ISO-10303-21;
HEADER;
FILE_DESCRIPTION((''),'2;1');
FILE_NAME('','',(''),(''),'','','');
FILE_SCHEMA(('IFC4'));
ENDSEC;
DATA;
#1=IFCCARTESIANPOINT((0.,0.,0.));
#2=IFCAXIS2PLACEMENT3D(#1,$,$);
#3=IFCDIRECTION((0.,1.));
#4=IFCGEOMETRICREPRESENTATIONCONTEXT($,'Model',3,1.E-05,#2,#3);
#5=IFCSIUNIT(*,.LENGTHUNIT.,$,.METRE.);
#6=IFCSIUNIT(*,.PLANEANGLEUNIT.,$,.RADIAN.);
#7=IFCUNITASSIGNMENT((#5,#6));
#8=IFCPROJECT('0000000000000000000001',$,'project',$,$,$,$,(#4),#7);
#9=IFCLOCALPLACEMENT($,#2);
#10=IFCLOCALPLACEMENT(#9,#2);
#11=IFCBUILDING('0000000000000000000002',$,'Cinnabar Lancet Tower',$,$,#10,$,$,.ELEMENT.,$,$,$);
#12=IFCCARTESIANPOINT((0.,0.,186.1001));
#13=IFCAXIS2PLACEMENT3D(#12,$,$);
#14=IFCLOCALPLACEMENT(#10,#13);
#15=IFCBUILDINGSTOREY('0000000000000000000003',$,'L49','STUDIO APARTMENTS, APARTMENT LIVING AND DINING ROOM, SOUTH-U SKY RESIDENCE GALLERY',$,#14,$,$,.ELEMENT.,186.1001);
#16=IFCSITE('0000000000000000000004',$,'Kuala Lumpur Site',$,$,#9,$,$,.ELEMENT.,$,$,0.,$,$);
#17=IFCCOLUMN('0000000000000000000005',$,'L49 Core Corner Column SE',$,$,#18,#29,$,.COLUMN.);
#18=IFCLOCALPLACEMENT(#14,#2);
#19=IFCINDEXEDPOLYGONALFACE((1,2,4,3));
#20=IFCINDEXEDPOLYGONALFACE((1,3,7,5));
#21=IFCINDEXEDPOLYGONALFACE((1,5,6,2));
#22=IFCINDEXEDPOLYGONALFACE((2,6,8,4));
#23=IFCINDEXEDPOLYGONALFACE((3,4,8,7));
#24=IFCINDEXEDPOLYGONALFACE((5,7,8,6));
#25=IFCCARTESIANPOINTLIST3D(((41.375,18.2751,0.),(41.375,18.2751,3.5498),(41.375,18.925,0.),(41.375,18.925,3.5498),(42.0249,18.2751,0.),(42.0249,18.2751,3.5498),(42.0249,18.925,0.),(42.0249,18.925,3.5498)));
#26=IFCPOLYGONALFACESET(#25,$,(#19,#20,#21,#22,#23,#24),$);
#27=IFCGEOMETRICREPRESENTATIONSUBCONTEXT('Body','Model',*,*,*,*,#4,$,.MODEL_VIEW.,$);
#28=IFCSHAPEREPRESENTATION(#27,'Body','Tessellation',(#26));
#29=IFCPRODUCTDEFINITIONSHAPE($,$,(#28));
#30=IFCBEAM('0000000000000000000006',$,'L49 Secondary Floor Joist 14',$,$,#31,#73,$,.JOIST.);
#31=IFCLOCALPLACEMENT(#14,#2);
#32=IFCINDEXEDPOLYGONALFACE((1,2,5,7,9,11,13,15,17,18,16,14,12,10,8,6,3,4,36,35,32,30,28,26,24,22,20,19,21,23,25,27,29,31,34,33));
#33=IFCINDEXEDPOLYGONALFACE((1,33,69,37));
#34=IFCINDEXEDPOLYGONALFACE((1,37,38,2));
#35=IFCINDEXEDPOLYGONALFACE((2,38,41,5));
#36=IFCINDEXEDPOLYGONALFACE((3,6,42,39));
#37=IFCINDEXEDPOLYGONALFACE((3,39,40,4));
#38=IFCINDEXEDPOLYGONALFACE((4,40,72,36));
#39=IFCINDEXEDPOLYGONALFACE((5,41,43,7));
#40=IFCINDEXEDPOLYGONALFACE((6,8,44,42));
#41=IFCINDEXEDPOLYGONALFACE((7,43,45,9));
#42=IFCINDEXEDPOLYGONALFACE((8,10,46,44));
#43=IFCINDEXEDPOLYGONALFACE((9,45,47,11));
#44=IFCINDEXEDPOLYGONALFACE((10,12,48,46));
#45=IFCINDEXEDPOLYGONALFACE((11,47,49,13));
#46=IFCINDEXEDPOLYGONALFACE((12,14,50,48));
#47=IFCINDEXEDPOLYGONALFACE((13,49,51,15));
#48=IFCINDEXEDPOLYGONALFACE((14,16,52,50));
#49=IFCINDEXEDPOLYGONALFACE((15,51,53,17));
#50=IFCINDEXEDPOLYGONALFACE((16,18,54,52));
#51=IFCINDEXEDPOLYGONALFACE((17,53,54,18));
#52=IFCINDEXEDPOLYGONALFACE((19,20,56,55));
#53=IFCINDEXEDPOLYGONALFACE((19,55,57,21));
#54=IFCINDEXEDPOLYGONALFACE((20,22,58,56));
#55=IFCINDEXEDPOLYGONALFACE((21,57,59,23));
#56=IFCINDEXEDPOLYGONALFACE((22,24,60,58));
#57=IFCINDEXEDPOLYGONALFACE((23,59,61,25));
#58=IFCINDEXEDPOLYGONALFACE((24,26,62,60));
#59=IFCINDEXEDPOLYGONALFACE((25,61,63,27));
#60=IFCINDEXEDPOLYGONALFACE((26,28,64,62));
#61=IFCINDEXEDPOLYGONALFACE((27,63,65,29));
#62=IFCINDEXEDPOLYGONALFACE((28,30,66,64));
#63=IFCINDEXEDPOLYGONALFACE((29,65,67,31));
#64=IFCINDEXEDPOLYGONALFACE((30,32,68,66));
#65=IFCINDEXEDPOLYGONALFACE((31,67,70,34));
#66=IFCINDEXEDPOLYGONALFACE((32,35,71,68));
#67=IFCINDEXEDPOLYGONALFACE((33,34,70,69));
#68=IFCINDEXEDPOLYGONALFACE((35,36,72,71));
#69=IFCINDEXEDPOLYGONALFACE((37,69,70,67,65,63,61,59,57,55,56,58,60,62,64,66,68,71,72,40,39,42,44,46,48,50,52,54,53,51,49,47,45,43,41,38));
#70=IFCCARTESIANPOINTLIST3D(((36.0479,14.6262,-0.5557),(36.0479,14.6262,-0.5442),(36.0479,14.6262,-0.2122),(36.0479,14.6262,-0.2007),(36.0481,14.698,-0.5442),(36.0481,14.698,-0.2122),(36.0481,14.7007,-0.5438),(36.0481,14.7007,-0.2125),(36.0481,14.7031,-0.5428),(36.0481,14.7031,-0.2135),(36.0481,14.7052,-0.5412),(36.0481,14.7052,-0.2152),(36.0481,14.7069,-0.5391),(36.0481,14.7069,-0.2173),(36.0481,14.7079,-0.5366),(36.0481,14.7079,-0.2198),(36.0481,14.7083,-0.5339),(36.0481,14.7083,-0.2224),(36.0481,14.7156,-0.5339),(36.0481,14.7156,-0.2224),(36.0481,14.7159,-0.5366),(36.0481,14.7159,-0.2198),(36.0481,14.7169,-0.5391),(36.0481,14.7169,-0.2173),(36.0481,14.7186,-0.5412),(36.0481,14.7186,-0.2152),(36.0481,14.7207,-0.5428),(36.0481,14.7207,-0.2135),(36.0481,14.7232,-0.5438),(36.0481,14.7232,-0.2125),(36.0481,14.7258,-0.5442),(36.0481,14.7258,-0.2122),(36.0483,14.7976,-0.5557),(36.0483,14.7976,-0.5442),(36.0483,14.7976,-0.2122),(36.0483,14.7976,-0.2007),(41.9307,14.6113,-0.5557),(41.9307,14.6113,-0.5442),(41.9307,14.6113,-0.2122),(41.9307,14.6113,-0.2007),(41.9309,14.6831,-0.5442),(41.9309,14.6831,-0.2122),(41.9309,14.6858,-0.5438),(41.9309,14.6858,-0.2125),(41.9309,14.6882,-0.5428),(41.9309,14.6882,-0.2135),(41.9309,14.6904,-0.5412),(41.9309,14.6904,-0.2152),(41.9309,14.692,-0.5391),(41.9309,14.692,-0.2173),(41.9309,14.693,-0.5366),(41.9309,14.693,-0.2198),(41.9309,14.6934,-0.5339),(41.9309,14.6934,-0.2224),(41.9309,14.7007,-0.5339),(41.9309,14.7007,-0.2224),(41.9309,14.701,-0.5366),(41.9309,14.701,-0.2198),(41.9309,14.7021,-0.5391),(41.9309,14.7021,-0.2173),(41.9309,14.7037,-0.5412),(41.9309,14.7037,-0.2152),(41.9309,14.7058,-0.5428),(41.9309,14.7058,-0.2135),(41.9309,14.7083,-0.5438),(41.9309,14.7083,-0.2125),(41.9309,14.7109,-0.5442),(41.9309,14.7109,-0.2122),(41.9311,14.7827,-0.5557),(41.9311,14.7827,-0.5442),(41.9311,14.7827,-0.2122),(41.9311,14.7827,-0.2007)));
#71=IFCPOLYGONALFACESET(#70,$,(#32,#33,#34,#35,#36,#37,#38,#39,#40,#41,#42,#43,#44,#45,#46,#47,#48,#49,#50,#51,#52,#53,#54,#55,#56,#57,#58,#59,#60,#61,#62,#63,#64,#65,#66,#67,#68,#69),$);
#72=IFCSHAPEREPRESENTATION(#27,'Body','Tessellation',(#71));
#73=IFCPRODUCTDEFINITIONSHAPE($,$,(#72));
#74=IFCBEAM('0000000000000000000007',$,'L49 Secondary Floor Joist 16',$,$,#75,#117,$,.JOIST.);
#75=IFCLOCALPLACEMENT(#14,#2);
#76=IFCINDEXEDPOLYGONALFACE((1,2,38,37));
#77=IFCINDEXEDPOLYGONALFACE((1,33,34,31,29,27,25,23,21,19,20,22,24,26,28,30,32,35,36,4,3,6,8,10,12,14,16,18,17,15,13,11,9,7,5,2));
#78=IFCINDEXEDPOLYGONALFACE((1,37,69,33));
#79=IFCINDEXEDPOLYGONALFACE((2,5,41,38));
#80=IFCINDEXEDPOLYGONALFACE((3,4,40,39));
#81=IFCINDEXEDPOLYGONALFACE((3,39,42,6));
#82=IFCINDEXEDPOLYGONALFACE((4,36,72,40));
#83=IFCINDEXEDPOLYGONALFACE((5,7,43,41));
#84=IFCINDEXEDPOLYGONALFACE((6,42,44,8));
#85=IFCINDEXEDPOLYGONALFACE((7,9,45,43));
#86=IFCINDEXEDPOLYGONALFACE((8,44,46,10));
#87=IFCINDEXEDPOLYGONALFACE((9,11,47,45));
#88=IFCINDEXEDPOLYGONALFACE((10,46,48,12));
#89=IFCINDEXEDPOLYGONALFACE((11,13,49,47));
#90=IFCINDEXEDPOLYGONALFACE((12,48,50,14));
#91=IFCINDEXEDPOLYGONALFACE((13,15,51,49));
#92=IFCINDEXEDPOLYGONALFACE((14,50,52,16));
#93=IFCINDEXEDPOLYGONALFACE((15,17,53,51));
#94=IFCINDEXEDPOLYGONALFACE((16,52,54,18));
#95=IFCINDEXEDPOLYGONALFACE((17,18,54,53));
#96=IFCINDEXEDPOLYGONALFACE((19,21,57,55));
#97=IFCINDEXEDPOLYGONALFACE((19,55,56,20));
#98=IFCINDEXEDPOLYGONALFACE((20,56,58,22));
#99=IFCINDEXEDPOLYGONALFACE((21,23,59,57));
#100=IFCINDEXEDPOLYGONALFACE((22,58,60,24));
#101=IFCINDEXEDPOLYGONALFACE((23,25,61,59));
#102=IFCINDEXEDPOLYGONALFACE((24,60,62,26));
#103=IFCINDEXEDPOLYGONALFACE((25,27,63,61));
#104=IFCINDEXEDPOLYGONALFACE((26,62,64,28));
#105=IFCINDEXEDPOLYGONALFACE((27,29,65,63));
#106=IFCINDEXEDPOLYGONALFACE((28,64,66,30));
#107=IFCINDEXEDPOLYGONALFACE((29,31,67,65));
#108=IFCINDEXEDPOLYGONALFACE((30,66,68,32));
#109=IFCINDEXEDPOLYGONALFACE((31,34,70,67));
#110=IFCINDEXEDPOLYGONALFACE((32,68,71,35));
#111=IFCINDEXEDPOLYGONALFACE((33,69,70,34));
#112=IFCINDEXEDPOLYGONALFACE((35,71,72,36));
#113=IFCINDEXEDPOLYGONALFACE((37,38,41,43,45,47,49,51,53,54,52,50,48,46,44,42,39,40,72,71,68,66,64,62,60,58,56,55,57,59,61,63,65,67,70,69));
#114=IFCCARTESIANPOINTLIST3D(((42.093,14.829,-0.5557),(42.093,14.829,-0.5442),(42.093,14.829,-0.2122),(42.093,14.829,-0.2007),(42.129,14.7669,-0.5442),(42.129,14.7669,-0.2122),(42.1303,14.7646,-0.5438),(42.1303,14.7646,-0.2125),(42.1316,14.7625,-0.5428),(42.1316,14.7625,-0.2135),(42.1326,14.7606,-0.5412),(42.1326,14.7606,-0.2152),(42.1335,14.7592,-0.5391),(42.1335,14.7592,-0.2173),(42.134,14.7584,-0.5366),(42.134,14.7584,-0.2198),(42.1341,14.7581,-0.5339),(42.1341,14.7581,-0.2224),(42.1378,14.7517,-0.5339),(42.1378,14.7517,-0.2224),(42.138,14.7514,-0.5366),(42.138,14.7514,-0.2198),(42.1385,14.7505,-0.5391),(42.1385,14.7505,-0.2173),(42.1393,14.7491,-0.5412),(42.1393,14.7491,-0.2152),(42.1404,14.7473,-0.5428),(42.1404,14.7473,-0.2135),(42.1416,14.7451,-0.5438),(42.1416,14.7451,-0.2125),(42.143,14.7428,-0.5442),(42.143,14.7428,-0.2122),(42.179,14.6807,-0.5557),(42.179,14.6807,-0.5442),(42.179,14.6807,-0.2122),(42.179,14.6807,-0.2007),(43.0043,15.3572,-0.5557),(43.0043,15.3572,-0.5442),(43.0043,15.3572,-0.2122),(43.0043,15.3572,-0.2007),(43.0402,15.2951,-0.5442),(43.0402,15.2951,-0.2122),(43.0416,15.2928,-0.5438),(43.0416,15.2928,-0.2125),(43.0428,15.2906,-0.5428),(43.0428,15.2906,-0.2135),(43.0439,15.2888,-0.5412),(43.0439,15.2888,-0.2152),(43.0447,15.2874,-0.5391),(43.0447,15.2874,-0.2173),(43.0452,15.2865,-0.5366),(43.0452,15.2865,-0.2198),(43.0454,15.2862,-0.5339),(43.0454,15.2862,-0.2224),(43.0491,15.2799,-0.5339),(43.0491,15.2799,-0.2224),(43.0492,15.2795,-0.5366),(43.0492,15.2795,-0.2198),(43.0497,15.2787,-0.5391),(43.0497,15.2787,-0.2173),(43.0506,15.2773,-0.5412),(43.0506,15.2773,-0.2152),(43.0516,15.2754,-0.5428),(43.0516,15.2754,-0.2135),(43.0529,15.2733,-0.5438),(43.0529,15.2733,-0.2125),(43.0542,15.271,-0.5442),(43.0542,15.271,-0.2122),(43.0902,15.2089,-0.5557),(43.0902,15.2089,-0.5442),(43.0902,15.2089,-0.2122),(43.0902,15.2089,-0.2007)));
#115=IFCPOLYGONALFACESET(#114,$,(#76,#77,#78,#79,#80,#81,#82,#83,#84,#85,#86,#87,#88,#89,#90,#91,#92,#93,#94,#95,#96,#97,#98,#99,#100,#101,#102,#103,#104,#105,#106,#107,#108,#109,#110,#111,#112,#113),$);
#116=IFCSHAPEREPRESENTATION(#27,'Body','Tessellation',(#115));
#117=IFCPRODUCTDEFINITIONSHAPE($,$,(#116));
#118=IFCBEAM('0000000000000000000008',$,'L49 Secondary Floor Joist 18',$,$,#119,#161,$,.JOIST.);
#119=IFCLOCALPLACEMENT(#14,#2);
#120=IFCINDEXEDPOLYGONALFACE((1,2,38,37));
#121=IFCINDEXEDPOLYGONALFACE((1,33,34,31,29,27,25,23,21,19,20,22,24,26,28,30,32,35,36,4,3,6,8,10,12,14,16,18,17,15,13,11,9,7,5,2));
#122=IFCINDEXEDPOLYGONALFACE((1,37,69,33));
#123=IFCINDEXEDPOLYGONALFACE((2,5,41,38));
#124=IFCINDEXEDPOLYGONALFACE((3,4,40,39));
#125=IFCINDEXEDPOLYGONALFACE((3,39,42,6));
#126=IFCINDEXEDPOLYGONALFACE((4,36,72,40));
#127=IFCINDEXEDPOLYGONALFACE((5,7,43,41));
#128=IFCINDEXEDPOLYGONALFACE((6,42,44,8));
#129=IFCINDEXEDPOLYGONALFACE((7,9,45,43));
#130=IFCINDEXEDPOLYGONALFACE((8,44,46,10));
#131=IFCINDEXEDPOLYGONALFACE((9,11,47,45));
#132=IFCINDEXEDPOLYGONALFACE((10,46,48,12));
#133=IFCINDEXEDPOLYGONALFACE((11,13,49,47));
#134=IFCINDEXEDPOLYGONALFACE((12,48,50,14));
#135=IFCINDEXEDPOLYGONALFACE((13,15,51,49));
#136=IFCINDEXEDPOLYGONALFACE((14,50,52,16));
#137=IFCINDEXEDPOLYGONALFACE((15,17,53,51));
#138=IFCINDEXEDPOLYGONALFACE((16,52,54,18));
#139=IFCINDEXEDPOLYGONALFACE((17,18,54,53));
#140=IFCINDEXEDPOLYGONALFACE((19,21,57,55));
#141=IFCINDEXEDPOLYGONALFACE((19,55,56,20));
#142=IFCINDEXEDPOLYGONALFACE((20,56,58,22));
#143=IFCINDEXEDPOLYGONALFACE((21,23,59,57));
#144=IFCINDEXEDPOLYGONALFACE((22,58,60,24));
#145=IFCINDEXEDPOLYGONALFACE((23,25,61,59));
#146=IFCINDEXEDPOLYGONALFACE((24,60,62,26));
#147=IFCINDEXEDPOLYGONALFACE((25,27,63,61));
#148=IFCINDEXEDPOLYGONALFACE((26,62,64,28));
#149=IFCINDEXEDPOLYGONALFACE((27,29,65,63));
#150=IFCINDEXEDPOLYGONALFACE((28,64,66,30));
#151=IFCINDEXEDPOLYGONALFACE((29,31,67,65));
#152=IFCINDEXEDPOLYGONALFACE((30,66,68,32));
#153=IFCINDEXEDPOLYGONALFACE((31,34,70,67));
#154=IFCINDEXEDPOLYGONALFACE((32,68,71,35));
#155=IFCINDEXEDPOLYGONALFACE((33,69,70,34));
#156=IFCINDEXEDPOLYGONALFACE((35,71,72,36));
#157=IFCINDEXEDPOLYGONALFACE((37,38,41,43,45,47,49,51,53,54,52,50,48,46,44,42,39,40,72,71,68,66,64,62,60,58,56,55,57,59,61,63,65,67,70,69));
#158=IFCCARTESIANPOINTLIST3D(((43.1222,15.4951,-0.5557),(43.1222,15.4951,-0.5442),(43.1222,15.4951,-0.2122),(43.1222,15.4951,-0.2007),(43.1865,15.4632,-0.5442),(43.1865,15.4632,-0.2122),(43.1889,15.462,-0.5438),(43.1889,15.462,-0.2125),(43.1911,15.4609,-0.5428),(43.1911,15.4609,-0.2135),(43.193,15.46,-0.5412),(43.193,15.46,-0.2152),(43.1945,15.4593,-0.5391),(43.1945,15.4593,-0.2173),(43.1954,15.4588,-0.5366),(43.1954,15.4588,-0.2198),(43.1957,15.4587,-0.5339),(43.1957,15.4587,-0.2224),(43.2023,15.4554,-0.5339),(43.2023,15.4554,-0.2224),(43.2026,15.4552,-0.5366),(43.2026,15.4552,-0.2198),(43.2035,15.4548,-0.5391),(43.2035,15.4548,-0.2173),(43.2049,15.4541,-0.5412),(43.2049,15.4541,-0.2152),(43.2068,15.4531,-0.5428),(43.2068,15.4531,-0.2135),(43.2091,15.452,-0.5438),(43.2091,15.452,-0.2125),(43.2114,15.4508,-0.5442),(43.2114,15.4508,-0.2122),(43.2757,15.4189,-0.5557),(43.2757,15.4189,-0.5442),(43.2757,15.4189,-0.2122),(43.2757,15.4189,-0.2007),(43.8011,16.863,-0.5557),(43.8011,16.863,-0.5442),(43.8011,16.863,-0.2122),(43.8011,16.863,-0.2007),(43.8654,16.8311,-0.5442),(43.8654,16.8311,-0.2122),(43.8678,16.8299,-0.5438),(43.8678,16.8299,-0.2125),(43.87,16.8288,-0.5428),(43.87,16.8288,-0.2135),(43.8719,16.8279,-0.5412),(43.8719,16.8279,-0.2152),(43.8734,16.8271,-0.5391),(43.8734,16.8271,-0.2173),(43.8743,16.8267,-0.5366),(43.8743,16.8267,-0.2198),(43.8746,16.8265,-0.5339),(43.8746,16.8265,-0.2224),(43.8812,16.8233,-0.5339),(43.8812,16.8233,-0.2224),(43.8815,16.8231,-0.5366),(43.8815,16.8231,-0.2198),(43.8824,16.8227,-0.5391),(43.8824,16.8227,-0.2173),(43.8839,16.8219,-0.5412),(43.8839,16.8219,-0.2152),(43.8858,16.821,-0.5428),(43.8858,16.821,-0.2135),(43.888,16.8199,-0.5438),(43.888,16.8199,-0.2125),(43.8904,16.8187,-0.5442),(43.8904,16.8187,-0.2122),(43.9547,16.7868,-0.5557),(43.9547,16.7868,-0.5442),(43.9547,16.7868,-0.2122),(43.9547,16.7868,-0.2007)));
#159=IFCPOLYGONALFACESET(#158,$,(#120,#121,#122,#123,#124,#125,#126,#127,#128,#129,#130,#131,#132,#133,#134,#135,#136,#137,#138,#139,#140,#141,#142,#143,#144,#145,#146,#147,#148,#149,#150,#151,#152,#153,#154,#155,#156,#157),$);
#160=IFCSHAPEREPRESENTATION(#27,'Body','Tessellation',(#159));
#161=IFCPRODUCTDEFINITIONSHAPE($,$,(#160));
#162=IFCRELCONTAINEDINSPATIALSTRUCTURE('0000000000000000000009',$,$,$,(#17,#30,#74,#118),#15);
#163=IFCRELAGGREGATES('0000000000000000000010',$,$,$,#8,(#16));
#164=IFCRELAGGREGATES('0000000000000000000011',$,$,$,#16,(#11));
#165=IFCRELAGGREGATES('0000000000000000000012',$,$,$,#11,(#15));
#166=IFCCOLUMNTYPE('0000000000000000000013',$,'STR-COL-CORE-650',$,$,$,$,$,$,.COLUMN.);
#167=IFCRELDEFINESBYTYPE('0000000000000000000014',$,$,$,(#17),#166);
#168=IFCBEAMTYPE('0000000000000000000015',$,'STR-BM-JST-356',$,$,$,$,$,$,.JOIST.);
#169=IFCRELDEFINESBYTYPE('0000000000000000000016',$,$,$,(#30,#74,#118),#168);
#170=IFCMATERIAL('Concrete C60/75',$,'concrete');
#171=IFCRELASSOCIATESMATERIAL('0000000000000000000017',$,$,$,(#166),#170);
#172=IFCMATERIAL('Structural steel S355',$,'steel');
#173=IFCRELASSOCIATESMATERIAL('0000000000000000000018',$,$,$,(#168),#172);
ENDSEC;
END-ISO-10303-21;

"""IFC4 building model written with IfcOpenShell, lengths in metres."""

from ifc_helpers import new_model, si_unit, direction, frame, origin, origin_2d, place, context, subcontext, project, spatial, rectangle, i_section, extrude, material, material_profile, profile_set, type_object, element, save


model = new_model("IFC4")

# Units and contexts
model_context = context("Model", 3, precision=1e-05, world=origin(), true_north=direction((0.0, 1.0)))
body_context = subcontext(model_context, "Body", "Model", "MODEL_VIEW")
ifc_project = project(units=[si_unit("LENGTHUNIT", "METRE"), si_unit("PLANEANGLEUNIT", "RADIAN")], contexts=[model_context])

# Site, building, storey
site_placement = place(None, origin())
site = spatial("IfcSite", under=ifc_project, at=site_placement, Name="Kuala Lumpur Site", CompositionType="ELEMENT", RefElevation=0.0)
building_placement = place(site_placement, origin())
building = spatial("IfcBuilding", under=site, at=building_placement, Name="Cinnabar Lancet Tower", CompositionType="ELEMENT")
storey_placement = place(building_placement, frame((0.0, 0.0, 186.1001)))
storey = spatial("IfcBuildingStorey", under=building, at=storey_placement, Name="L49", Description="STUDIO APARTMENTS, APARTMENT LIVING AND DINING ROOM, SOUTH-U SKY RESIDENCE GALLERY", CompositionType="ELEMENT", Elevation=186.1001)

# Column
ifc_material_1 = material(Name="Concrete C60/75", Category="concrete")
ifc_material_profile_1 = material_profile(ifc_material_1, rectangle(XDim=0.6499, YDim=0.6499, at=origin_2d()), Name="RC-COL 650x650")
ifc_profile_set_1 = profile_set([ifc_material_profile_1], Name="Concrete C60/75")
column_type = type_object("IfcColumnType", Name="STR-COL-CORE-650", PredefinedType="COLUMN", material=ifc_profile_set_1)
column_placement = place(storey_placement, frame((41.7, 18.6001, 0.0), z_axis=(0.0, 0.0, 1.0), x_axis=(1.0, 0.0, 0.0)))
element("IfcColumn", 1, at=column_placement, inside=storey, type_object=column_type, Name="L49 Core Corner Column SE", PredefinedType="COLUMN", context=body_context, shape_type="SweptSolid", body=[
    extrude(rectangle(XDim=0.6499, YDim=0.6499, at=origin_2d()), origin(), (0.0, 0.0, 1.0), 3.5498),
])

# Beams
ifc_material_2 = material(Name="Structural steel S355", Category="steel")
ifc_material_profile_2 = material_profile(ifc_material_2, i_section(OverallWidth=0.1714, OverallDepth=0.355, WebThickness=0.0073, FlangeThickness=0.0115, FilletRadius=0.0103, at=origin_2d()), Name="UKB 356x171x51")
ifc_profile_set_2 = profile_set([ifc_material_profile_2], Name="Structural steel S355")
beam_type_1 = type_object("IfcBeamType", Name="STR-BM-JST-356", PredefinedType="JOIST", material=ifc_profile_set_2)
beam_1_placement = place(storey_placement, frame((36.0481, 14.7119, -0.3782), z_axis=(0.999997, -0.002532, 0.0), x_axis=(0.002532, 0.999997, 0.0)))
element("IfcBeam", 2, at=beam_1_placement, inside=storey, type_object=beam_type_1, Name="L49 Secondary Floor Joist 14", PredefinedType="JOIST", context=body_context, shape_type="SweptSolid", body=[
    extrude(i_section(OverallWidth=0.1714, OverallDepth=0.355, WebThickness=0.0073, FlangeThickness=0.0115, FilletRadius=0.0103, at=origin_2d()), origin(), (0.0, 0.0, 1.0), 5.8828),
])
beam_2_placement = place(storey_placement, frame((42.136, 14.7549, -0.3782), z_axis=(0.865188, 0.501447, 0.0), x_axis=(-0.501447, 0.865188, 0.0)))
element("IfcBeam", 3, at=beam_2_placement, inside=storey, type_object=beam_type_1, Name="L49 Secondary Floor Joist 16", PredefinedType="JOIST", context=body_context, shape_type="SweptSolid", body=[
    extrude(i_section(OverallWidth=0.1714, OverallDepth=0.355, WebThickness=0.0073, FlangeThickness=0.0115, FilletRadius=0.0103, at=origin_2d()), origin(), (0.0, 0.0, 1.0), 1.0532),
])
beam_3_placement = place(storey_placement, frame((43.199, 15.457, -0.3782), z_axis=(0.44459, 0.895734, 0.0), x_axis=(-0.895734, 0.44459, 0.0)))
element("IfcBeam", 4, at=beam_3_placement, inside=storey, type_object=beam_type_1, Name="L49 Secondary Floor Joist 18", PredefinedType="JOIST", context=body_context, shape_type="SweptSolid", body=[
    extrude(i_section(OverallWidth=0.1714, OverallDepth=0.355, WebThickness=0.0073, FlangeThickness=0.0115, FilletRadius=0.0103, at=origin_2d()), origin(), (0.0, 0.0, 1.0), 1.5271),
])

save(model, "model.ifc")
